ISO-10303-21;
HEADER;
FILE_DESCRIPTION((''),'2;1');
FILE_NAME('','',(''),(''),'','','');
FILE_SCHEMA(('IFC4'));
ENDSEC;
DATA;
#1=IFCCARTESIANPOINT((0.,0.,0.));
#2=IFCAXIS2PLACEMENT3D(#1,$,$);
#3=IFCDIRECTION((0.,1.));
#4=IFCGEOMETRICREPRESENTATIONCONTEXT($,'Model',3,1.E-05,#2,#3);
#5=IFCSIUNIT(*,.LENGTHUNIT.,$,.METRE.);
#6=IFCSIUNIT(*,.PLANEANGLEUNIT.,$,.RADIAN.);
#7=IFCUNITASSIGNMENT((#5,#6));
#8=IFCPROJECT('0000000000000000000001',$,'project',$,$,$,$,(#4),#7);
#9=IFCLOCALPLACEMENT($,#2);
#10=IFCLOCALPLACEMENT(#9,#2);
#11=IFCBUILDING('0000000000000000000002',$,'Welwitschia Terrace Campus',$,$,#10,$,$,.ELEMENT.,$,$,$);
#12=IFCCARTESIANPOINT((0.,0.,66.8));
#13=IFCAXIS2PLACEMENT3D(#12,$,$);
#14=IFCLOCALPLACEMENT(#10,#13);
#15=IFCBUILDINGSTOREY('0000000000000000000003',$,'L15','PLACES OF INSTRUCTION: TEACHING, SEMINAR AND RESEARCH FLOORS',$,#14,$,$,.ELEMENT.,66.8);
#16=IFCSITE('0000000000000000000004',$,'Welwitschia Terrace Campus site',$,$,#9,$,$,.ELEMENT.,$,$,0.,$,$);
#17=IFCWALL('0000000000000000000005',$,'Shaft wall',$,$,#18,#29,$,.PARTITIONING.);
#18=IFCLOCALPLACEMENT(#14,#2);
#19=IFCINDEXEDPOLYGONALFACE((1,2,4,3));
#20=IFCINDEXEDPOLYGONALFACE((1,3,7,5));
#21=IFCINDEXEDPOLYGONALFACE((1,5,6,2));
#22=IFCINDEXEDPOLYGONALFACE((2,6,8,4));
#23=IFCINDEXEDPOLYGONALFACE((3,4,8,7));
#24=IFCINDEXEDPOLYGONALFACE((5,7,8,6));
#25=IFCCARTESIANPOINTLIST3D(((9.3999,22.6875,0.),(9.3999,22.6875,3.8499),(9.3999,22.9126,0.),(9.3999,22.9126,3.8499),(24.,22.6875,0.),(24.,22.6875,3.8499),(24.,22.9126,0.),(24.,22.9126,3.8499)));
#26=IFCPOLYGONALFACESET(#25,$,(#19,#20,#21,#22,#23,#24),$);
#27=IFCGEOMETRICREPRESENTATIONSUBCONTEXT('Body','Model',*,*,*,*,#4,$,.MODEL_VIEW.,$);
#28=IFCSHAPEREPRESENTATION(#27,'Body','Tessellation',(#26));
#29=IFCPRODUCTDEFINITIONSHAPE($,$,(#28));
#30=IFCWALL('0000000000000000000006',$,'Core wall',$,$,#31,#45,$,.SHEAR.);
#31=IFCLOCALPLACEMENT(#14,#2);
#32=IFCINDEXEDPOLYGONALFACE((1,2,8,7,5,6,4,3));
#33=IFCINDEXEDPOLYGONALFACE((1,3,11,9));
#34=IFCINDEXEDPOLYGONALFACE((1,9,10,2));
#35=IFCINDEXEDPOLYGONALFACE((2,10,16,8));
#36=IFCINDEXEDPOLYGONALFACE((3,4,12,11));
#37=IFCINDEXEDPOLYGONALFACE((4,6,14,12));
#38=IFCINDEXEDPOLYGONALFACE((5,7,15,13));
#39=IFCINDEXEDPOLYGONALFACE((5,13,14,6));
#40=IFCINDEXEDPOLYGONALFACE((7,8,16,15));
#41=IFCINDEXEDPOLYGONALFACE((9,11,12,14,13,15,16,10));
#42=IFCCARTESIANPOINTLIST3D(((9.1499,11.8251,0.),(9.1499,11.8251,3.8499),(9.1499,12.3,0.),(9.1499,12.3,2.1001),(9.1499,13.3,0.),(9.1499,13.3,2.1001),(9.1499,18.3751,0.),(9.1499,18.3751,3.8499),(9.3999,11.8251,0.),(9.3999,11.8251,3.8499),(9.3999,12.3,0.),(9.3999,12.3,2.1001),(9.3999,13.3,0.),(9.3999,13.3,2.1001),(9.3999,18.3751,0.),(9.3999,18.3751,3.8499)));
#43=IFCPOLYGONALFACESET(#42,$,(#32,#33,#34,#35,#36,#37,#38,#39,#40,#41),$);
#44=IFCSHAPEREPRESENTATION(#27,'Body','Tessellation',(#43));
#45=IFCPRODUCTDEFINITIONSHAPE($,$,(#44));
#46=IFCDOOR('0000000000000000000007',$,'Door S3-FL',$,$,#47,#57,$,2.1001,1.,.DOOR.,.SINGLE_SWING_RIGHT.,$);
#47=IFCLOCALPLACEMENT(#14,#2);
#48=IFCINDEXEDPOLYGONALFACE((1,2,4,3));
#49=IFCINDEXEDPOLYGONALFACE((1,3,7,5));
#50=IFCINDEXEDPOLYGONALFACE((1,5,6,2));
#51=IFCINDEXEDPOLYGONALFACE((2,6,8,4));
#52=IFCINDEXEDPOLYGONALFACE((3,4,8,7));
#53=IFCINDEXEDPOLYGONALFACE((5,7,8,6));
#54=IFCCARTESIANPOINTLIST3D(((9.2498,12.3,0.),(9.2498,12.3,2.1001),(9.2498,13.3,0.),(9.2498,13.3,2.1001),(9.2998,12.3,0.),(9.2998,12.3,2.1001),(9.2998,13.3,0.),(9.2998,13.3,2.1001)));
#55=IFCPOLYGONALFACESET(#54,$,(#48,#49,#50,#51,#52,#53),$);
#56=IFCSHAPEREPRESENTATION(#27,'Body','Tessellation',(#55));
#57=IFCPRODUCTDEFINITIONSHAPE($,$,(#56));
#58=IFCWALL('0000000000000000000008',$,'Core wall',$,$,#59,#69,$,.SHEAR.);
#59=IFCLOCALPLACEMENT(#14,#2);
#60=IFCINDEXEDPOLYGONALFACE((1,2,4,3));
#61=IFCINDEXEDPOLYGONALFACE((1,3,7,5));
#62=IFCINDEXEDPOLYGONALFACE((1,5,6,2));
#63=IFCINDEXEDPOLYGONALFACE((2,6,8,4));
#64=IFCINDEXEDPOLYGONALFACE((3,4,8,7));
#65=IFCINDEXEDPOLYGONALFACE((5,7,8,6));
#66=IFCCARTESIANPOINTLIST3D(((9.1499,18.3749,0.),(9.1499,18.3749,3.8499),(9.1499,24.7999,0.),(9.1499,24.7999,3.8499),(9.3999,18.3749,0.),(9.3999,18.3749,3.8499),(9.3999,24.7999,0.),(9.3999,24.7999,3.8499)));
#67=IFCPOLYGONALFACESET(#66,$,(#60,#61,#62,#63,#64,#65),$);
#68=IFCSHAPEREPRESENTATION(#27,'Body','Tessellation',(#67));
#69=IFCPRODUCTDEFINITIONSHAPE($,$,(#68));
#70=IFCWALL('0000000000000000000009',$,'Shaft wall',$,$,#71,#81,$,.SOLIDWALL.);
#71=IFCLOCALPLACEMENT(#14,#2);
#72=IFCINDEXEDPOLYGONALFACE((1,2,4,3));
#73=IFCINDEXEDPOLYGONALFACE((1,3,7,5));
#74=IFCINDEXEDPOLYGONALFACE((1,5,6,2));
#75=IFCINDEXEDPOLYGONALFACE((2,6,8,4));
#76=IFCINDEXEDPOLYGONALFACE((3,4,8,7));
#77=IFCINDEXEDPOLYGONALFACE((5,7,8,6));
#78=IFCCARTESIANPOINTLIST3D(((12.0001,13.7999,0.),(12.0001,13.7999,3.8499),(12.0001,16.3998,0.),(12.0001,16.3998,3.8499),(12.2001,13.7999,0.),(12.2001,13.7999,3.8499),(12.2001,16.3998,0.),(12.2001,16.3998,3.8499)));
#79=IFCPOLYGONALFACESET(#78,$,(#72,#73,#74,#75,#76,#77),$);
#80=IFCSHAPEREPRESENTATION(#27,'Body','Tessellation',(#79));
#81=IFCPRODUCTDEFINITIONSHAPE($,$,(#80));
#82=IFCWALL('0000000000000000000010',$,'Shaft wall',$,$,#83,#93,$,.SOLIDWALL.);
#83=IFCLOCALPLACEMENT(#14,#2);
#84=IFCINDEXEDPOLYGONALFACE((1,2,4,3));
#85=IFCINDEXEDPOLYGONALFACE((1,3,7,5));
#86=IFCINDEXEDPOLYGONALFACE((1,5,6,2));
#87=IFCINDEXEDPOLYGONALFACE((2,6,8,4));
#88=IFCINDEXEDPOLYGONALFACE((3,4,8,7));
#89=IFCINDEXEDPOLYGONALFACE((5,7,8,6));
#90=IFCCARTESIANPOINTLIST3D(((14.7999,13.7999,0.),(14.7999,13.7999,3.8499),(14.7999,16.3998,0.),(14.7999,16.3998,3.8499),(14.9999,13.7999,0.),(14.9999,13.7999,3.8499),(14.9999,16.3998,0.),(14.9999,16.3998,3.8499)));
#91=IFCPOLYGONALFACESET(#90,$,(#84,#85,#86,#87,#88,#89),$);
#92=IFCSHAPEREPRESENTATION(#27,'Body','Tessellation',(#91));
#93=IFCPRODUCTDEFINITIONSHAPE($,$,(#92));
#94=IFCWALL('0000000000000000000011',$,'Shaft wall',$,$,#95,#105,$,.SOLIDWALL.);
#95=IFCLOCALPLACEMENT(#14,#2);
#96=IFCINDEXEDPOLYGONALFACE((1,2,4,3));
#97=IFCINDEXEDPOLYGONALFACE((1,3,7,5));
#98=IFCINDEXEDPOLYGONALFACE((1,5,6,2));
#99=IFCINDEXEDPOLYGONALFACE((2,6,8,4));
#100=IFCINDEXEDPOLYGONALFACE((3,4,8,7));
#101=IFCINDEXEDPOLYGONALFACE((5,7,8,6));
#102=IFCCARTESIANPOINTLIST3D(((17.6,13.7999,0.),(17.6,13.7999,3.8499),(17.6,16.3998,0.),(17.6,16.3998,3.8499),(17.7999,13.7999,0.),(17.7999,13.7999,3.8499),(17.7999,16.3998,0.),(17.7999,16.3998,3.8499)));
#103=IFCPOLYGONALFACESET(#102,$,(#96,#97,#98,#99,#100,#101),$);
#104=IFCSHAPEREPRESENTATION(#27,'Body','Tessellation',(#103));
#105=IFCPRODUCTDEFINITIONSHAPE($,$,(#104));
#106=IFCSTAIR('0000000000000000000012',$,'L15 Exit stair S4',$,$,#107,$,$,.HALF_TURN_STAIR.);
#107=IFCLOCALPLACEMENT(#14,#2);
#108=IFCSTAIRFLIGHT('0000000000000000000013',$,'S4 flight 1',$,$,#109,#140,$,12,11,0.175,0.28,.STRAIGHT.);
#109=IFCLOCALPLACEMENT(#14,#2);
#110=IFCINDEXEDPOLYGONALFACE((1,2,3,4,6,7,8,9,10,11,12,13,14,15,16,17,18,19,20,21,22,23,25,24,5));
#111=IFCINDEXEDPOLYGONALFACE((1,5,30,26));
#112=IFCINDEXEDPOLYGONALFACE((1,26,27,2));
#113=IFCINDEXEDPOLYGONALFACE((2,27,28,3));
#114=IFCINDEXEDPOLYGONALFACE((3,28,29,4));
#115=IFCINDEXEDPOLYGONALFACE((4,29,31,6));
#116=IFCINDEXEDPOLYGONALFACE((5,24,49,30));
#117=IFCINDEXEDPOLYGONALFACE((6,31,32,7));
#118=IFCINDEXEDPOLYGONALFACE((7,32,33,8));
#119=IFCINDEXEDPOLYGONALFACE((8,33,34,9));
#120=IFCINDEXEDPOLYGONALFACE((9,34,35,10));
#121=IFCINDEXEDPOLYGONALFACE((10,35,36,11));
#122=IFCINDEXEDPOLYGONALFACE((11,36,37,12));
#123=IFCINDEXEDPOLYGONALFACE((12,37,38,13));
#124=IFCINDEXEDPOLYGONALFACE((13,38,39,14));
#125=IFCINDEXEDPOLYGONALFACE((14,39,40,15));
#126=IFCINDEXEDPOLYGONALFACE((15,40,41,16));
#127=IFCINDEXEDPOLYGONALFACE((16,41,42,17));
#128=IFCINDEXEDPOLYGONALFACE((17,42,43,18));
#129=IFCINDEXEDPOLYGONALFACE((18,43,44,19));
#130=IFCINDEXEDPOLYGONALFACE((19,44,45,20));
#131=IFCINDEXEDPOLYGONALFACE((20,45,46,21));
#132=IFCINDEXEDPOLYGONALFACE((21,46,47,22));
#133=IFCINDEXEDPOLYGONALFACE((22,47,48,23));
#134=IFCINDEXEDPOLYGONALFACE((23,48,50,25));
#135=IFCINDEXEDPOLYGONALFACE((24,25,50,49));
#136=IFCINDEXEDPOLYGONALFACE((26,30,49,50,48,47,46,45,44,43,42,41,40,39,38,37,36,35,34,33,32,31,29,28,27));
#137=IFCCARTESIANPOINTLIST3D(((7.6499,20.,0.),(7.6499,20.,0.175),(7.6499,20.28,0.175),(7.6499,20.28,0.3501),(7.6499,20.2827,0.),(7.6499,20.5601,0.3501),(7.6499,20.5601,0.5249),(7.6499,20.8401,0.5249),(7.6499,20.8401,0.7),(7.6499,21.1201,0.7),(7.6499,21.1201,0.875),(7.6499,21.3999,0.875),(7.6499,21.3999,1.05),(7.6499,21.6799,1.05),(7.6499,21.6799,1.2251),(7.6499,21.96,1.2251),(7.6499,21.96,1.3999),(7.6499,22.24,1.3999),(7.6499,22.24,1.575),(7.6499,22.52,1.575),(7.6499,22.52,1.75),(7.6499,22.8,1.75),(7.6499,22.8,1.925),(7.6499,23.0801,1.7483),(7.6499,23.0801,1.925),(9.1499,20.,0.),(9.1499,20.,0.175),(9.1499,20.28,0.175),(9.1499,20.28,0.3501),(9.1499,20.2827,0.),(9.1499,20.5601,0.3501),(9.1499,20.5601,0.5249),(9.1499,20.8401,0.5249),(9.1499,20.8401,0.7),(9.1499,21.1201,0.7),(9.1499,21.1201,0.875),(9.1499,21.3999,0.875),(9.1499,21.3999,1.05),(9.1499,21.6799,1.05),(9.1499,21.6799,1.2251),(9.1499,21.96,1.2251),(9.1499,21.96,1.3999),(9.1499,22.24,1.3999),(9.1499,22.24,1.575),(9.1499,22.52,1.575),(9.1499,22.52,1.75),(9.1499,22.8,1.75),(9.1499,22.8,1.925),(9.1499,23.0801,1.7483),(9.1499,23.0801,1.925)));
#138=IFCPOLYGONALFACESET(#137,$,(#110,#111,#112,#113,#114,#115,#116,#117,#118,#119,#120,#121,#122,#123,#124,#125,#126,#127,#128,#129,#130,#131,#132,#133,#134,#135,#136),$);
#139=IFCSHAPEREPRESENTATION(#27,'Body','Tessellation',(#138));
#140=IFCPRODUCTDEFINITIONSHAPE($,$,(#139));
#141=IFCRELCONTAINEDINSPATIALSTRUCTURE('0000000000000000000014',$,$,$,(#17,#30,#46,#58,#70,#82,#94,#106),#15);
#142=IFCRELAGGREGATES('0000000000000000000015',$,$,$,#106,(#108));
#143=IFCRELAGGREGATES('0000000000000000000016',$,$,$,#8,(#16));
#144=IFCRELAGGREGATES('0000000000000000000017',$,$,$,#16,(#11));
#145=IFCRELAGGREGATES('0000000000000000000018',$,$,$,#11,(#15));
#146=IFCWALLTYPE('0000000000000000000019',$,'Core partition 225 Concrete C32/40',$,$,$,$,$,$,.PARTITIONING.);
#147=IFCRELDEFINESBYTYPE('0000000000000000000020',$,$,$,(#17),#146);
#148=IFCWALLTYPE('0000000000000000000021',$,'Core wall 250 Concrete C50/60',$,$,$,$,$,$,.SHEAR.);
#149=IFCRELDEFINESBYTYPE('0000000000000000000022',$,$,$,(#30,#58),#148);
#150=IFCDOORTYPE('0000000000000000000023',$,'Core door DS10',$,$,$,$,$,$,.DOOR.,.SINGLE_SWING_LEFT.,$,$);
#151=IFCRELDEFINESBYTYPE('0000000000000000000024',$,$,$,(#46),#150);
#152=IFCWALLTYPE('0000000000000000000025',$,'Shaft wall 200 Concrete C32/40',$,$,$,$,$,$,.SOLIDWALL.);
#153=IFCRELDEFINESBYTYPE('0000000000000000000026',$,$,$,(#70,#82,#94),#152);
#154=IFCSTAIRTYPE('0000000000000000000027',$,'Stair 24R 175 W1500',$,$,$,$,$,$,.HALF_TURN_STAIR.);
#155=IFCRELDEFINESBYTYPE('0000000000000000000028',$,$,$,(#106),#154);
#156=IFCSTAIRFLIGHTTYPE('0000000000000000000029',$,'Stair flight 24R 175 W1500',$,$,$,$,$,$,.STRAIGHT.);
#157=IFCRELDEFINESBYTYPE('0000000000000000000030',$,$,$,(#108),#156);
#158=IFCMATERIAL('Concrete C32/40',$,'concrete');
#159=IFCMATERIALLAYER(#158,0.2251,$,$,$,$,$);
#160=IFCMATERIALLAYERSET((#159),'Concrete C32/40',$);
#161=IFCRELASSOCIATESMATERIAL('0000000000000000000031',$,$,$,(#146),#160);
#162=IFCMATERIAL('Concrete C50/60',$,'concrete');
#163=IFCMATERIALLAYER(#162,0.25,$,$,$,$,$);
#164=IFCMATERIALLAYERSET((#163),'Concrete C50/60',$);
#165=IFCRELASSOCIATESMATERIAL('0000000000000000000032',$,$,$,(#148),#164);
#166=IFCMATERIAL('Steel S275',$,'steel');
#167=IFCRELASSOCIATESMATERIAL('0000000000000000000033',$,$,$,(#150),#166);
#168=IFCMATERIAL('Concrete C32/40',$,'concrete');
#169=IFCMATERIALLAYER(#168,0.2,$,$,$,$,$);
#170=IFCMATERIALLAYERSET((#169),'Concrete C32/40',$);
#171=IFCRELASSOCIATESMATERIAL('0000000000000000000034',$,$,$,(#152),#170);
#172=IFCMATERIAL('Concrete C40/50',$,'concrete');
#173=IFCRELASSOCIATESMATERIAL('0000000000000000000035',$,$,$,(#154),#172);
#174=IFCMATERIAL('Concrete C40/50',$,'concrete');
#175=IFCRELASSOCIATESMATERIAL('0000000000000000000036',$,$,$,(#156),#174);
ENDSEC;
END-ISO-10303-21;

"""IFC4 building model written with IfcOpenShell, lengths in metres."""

from ifc_helpers import new_model, si_unit, direction, frame, frame_2d, origin, place, context, subcontext, project, spatial, polyline, rectangle, outline, extrude, material, layer, layer_set, type_object, element, fill, aggregate, save


model = new_model("IFC4")

# Units and contexts
model_context = context("Model", 3, precision=1e-05, world=origin(), true_north=direction((0.0, 1.0)))
body_context = subcontext(model_context, "Body", "Model", "MODEL_VIEW")
ifc_project = project(units=[si_unit("LENGTHUNIT", "METRE"), si_unit("PLANEANGLEUNIT", "RADIAN")], contexts=[model_context])

# Site, building, storey
site_placement = place(None, origin())
site = spatial("IfcSite", under=ifc_project, at=site_placement, Name="Welwitschia Terrace Campus site", CompositionType="ELEMENT", RefElevation=0.0)
building_placement = place(site_placement, origin())
building = spatial("IfcBuilding", under=site, at=building_placement, Name="Welwitschia Terrace Campus", CompositionType="ELEMENT")
storey_placement = place(building_placement, frame((0.0, 0.0, 66.8)))
storey = spatial("IfcBuildingStorey", under=building, at=storey_placement, Name="L15", Description="PLACES OF INSTRUCTION: TEACHING, SEMINAR AND RESEARCH FLOORS", CompositionType="ELEMENT", Elevation=66.8)

# Shared definitions
ifc_material_1 = material(Name="Concrete C32/40", Category="concrete")
ifc_layer_1 = layer(ifc_material_1, 0.2251)
ifc_layer_set_1 = layer_set([ifc_layer_1], Name="Concrete C32/40")
wall_type_1 = type_object("IfcWallType", Name="Core partition 225 Concrete C32/40", PredefinedType="PARTITIONING", material=ifc_layer_set_1)

# Wall
wall_1_placement = place(storey_placement, frame((9.3999, 22.8, 0.0), z_axis=(0.0, 0.0, 1.0), x_axis=(1.0, 0.0, 0.0)))
element("IfcWall", 1, at=wall_1_placement, inside=storey, type_object=wall_type_1, Name="Shaft wall", PredefinedType="PARTITIONING", context=body_context, shape_type="SweptSolid", body=[
    extrude(rectangle(XDim=14.6001, YDim=0.2251, at=frame_2d((7.3, 0.0))), origin(), (0.0, 0.0, 1.0), 3.8499),
])

# Wall, opening, door
ifc_material_2 = material(Name="Concrete C50/60", Category="concrete")
ifc_layer_2 = layer(ifc_material_2, 0.25)
ifc_layer_set_2 = layer_set([ifc_layer_2], Name="Concrete C50/60")
wall_type_2 = type_object("IfcWallType", Name="Core wall 250 Concrete C50/60", PredefinedType="SHEAR", material=ifc_layer_set_2)
wall_2_placement = place(storey_placement, frame((9.2749, 18.375, 0.0), z_axis=(0.0, 0.0, 1.0), x_axis=(0.0, -1.0, 0.0)))
wall_2 = element("IfcWall", 2, at=wall_2_placement, inside=storey, type_object=wall_type_2, Name="Core wall", PredefinedType="SHEAR", context=body_context, shape_type="SweptSolid", body=[
    extrude(rectangle(XDim=6.55, YDim=0.25, at=frame_2d((3.2749, 0.0))), origin(), (0.0, 0.0, 1.0), 3.8499),
])
opening_1_placement = place(wall_2_placement, frame((5.075, 0.0, 0.0)))
opening_1 = element("IfcOpeningElement", 3, at=opening_1_placement, cuts=wall_2, PredefinedType="OPENING", context=body_context, shape_type="SweptSolid", body=[
    extrude(rectangle(XDim=1.0, YDim=2.1001, at=frame_2d((0.5, 1.05))), frame((0.0, 0.135, 0.0), z_axis=(0.0, -1.0, 0.0), x_axis=(1.0, 0.0, 0.0)), (0.0, 0.0, 1.0), 0.27),
])
ifc_material_3 = material(Name="Steel S275", Category="steel")
door_type_1 = type_object("IfcDoorType", Name="Core door DS10", OperationType="SINGLE_SWING_LEFT", PredefinedType="DOOR", material=ifc_material_3)
door_1_placement = place(opening_1_placement, origin())
door_1 = element("IfcDoor", 4, at=door_1_placement, inside=storey, type_object=door_type_1, Name="Door S3-FL", OperationType="SINGLE_SWING_RIGHT", OverallHeight=2.1001, OverallWidth=1.0, PredefinedType="DOOR", context=body_context, shape_type="SweptSolid", body=[
    extrude(rectangle(XDim=1.0, YDim=2.1001, at=frame_2d((0.5, 1.05))), frame((0.0, 0.0249, 0.0), z_axis=(0.0, -1.0, 0.0), x_axis=(1.0, 0.0, 0.0)), (0.0, 0.0, 1.0), 0.05),
])
fill(opening_1, door_1)

# Walls
wall_3_placement = place(storey_placement, frame((9.2749, 18.375, 0.0), z_axis=(0.0, 0.0, 1.0), x_axis=(0.0, 1.0, 0.0)))
element("IfcWall", 5, at=wall_3_placement, inside=storey, type_object=wall_type_2, Name="Core wall", PredefinedType="SHEAR", context=body_context, shape_type="SweptSolid", body=[
    extrude(rectangle(XDim=6.425, YDim=0.25, at=frame_2d((3.2124, 0.0))), origin(), (0.0, 0.0, 1.0), 3.8499),
])
ifc_material_4 = material(Name="Concrete C32/40", Category="concrete")
ifc_layer_3 = layer(ifc_material_4, 0.2)
ifc_layer_set_3 = layer_set([ifc_layer_3], Name="Concrete C32/40")
wall_type_3 = type_object("IfcWallType", Name="Shaft wall 200 Concrete C32/40", PredefinedType="SOLIDWALL", material=ifc_layer_set_3)
for number, where, z_axis, x_axis, name in (
    (6, (12.1001, 13.8, 0.0), (0.0, 0.0, 1.0), (0.0, 1.0, 0.0), "Shaft wall"),
    (7, (14.8999, 13.8, 0.0), (0.0, 0.0, 1.0), (0.0, 1.0, 0.0), "Shaft wall"),
    (8, (17.7, 13.8, 0.0), (0.0, 0.0, 1.0), (0.0, 1.0, 0.0), "Shaft wall"),
):
    element("IfcWall", number, at=place(storey_placement, frame(where, z_axis=z_axis, x_axis=x_axis)), inside=storey, type_object=wall_type_3, Name=name, PredefinedType="SOLIDWALL", context=body_context, shape_type="SweptSolid", body=[
        extrude(rectangle(XDim=2.5999, YDim=0.2, at=frame_2d((1.2998, 0.0))), origin(), (0.0, 0.0, 1.0), 3.8499),
    ])

# Stair, stair flight
ifc_material_5 = material(Name="Concrete C40/50", Category="concrete")
stair_type = type_object("IfcStairType", Name="Stair 24R 175 W1500", PredefinedType="HALF_TURN_STAIR", material=ifc_material_5)
stair_placement = place(storey_placement, origin())
stair = element("IfcStair", 9, at=stair_placement, inside=storey, type_object=stair_type, Name="L15 Exit stair S4", PredefinedType="HALF_TURN_STAIR")
ifc_material_6 = material(Name="Concrete C40/50", Category="concrete")
stair_flight_type = type_object("IfcStairFlightType", Name="Stair flight 24R 175 W1500", PredefinedType="STRAIGHT", material=ifc_material_6)
stair_flight_placement = place(storey_placement, frame((8.3999, 20.0, 0.0), z_axis=(0.0, 0.0, 1.0), x_axis=(0.0, 1.0, 0.0)))
stair_flight = element("IfcStairFlight", 10, at=stair_flight_placement, type_object=stair_flight_type, Name="S4 flight 1", NumberOfRisers=12, NumberOfTreads=11, PredefinedType="STRAIGHT", RiserHeight=0.175, TreadLength=0.28, context=body_context, shape_type="SweptSolid", body=[
    extrude(outline(polyline([(0.0, 0.0), (0.0, 0.175), (0.28, 0.175), (0.28, 0.3501), (0.5601, 0.3501), (0.5601, 0.5249), (0.8401, 0.5249), (0.8401, 0.7), (1.1201, 0.7), (1.1201, 0.875), (1.3999, 0.875), (1.3999, 1.05), (1.6799, 1.05), (1.6799, 1.2251), (1.96, 1.2251), (1.96, 1.3999), (2.24, 1.3999), (2.24, 1.575), (2.52, 1.575), (2.52, 1.75), (2.8, 1.75), (2.8, 1.925), (3.0801, 1.925), (3.0801, 2.1001), (3.0801, 1.7483), (0.2827, 0.0), (0.0, 0.0)])), frame((0.0, 0.75, 0.0), z_axis=(0.0, -1.0, 0.0), x_axis=(1.0, 0.0, 0.0)), (0.0, 0.0, 1.0), 1.5),
])
aggregate(stair, [stair_flight])

save(model, "model.ifc")
